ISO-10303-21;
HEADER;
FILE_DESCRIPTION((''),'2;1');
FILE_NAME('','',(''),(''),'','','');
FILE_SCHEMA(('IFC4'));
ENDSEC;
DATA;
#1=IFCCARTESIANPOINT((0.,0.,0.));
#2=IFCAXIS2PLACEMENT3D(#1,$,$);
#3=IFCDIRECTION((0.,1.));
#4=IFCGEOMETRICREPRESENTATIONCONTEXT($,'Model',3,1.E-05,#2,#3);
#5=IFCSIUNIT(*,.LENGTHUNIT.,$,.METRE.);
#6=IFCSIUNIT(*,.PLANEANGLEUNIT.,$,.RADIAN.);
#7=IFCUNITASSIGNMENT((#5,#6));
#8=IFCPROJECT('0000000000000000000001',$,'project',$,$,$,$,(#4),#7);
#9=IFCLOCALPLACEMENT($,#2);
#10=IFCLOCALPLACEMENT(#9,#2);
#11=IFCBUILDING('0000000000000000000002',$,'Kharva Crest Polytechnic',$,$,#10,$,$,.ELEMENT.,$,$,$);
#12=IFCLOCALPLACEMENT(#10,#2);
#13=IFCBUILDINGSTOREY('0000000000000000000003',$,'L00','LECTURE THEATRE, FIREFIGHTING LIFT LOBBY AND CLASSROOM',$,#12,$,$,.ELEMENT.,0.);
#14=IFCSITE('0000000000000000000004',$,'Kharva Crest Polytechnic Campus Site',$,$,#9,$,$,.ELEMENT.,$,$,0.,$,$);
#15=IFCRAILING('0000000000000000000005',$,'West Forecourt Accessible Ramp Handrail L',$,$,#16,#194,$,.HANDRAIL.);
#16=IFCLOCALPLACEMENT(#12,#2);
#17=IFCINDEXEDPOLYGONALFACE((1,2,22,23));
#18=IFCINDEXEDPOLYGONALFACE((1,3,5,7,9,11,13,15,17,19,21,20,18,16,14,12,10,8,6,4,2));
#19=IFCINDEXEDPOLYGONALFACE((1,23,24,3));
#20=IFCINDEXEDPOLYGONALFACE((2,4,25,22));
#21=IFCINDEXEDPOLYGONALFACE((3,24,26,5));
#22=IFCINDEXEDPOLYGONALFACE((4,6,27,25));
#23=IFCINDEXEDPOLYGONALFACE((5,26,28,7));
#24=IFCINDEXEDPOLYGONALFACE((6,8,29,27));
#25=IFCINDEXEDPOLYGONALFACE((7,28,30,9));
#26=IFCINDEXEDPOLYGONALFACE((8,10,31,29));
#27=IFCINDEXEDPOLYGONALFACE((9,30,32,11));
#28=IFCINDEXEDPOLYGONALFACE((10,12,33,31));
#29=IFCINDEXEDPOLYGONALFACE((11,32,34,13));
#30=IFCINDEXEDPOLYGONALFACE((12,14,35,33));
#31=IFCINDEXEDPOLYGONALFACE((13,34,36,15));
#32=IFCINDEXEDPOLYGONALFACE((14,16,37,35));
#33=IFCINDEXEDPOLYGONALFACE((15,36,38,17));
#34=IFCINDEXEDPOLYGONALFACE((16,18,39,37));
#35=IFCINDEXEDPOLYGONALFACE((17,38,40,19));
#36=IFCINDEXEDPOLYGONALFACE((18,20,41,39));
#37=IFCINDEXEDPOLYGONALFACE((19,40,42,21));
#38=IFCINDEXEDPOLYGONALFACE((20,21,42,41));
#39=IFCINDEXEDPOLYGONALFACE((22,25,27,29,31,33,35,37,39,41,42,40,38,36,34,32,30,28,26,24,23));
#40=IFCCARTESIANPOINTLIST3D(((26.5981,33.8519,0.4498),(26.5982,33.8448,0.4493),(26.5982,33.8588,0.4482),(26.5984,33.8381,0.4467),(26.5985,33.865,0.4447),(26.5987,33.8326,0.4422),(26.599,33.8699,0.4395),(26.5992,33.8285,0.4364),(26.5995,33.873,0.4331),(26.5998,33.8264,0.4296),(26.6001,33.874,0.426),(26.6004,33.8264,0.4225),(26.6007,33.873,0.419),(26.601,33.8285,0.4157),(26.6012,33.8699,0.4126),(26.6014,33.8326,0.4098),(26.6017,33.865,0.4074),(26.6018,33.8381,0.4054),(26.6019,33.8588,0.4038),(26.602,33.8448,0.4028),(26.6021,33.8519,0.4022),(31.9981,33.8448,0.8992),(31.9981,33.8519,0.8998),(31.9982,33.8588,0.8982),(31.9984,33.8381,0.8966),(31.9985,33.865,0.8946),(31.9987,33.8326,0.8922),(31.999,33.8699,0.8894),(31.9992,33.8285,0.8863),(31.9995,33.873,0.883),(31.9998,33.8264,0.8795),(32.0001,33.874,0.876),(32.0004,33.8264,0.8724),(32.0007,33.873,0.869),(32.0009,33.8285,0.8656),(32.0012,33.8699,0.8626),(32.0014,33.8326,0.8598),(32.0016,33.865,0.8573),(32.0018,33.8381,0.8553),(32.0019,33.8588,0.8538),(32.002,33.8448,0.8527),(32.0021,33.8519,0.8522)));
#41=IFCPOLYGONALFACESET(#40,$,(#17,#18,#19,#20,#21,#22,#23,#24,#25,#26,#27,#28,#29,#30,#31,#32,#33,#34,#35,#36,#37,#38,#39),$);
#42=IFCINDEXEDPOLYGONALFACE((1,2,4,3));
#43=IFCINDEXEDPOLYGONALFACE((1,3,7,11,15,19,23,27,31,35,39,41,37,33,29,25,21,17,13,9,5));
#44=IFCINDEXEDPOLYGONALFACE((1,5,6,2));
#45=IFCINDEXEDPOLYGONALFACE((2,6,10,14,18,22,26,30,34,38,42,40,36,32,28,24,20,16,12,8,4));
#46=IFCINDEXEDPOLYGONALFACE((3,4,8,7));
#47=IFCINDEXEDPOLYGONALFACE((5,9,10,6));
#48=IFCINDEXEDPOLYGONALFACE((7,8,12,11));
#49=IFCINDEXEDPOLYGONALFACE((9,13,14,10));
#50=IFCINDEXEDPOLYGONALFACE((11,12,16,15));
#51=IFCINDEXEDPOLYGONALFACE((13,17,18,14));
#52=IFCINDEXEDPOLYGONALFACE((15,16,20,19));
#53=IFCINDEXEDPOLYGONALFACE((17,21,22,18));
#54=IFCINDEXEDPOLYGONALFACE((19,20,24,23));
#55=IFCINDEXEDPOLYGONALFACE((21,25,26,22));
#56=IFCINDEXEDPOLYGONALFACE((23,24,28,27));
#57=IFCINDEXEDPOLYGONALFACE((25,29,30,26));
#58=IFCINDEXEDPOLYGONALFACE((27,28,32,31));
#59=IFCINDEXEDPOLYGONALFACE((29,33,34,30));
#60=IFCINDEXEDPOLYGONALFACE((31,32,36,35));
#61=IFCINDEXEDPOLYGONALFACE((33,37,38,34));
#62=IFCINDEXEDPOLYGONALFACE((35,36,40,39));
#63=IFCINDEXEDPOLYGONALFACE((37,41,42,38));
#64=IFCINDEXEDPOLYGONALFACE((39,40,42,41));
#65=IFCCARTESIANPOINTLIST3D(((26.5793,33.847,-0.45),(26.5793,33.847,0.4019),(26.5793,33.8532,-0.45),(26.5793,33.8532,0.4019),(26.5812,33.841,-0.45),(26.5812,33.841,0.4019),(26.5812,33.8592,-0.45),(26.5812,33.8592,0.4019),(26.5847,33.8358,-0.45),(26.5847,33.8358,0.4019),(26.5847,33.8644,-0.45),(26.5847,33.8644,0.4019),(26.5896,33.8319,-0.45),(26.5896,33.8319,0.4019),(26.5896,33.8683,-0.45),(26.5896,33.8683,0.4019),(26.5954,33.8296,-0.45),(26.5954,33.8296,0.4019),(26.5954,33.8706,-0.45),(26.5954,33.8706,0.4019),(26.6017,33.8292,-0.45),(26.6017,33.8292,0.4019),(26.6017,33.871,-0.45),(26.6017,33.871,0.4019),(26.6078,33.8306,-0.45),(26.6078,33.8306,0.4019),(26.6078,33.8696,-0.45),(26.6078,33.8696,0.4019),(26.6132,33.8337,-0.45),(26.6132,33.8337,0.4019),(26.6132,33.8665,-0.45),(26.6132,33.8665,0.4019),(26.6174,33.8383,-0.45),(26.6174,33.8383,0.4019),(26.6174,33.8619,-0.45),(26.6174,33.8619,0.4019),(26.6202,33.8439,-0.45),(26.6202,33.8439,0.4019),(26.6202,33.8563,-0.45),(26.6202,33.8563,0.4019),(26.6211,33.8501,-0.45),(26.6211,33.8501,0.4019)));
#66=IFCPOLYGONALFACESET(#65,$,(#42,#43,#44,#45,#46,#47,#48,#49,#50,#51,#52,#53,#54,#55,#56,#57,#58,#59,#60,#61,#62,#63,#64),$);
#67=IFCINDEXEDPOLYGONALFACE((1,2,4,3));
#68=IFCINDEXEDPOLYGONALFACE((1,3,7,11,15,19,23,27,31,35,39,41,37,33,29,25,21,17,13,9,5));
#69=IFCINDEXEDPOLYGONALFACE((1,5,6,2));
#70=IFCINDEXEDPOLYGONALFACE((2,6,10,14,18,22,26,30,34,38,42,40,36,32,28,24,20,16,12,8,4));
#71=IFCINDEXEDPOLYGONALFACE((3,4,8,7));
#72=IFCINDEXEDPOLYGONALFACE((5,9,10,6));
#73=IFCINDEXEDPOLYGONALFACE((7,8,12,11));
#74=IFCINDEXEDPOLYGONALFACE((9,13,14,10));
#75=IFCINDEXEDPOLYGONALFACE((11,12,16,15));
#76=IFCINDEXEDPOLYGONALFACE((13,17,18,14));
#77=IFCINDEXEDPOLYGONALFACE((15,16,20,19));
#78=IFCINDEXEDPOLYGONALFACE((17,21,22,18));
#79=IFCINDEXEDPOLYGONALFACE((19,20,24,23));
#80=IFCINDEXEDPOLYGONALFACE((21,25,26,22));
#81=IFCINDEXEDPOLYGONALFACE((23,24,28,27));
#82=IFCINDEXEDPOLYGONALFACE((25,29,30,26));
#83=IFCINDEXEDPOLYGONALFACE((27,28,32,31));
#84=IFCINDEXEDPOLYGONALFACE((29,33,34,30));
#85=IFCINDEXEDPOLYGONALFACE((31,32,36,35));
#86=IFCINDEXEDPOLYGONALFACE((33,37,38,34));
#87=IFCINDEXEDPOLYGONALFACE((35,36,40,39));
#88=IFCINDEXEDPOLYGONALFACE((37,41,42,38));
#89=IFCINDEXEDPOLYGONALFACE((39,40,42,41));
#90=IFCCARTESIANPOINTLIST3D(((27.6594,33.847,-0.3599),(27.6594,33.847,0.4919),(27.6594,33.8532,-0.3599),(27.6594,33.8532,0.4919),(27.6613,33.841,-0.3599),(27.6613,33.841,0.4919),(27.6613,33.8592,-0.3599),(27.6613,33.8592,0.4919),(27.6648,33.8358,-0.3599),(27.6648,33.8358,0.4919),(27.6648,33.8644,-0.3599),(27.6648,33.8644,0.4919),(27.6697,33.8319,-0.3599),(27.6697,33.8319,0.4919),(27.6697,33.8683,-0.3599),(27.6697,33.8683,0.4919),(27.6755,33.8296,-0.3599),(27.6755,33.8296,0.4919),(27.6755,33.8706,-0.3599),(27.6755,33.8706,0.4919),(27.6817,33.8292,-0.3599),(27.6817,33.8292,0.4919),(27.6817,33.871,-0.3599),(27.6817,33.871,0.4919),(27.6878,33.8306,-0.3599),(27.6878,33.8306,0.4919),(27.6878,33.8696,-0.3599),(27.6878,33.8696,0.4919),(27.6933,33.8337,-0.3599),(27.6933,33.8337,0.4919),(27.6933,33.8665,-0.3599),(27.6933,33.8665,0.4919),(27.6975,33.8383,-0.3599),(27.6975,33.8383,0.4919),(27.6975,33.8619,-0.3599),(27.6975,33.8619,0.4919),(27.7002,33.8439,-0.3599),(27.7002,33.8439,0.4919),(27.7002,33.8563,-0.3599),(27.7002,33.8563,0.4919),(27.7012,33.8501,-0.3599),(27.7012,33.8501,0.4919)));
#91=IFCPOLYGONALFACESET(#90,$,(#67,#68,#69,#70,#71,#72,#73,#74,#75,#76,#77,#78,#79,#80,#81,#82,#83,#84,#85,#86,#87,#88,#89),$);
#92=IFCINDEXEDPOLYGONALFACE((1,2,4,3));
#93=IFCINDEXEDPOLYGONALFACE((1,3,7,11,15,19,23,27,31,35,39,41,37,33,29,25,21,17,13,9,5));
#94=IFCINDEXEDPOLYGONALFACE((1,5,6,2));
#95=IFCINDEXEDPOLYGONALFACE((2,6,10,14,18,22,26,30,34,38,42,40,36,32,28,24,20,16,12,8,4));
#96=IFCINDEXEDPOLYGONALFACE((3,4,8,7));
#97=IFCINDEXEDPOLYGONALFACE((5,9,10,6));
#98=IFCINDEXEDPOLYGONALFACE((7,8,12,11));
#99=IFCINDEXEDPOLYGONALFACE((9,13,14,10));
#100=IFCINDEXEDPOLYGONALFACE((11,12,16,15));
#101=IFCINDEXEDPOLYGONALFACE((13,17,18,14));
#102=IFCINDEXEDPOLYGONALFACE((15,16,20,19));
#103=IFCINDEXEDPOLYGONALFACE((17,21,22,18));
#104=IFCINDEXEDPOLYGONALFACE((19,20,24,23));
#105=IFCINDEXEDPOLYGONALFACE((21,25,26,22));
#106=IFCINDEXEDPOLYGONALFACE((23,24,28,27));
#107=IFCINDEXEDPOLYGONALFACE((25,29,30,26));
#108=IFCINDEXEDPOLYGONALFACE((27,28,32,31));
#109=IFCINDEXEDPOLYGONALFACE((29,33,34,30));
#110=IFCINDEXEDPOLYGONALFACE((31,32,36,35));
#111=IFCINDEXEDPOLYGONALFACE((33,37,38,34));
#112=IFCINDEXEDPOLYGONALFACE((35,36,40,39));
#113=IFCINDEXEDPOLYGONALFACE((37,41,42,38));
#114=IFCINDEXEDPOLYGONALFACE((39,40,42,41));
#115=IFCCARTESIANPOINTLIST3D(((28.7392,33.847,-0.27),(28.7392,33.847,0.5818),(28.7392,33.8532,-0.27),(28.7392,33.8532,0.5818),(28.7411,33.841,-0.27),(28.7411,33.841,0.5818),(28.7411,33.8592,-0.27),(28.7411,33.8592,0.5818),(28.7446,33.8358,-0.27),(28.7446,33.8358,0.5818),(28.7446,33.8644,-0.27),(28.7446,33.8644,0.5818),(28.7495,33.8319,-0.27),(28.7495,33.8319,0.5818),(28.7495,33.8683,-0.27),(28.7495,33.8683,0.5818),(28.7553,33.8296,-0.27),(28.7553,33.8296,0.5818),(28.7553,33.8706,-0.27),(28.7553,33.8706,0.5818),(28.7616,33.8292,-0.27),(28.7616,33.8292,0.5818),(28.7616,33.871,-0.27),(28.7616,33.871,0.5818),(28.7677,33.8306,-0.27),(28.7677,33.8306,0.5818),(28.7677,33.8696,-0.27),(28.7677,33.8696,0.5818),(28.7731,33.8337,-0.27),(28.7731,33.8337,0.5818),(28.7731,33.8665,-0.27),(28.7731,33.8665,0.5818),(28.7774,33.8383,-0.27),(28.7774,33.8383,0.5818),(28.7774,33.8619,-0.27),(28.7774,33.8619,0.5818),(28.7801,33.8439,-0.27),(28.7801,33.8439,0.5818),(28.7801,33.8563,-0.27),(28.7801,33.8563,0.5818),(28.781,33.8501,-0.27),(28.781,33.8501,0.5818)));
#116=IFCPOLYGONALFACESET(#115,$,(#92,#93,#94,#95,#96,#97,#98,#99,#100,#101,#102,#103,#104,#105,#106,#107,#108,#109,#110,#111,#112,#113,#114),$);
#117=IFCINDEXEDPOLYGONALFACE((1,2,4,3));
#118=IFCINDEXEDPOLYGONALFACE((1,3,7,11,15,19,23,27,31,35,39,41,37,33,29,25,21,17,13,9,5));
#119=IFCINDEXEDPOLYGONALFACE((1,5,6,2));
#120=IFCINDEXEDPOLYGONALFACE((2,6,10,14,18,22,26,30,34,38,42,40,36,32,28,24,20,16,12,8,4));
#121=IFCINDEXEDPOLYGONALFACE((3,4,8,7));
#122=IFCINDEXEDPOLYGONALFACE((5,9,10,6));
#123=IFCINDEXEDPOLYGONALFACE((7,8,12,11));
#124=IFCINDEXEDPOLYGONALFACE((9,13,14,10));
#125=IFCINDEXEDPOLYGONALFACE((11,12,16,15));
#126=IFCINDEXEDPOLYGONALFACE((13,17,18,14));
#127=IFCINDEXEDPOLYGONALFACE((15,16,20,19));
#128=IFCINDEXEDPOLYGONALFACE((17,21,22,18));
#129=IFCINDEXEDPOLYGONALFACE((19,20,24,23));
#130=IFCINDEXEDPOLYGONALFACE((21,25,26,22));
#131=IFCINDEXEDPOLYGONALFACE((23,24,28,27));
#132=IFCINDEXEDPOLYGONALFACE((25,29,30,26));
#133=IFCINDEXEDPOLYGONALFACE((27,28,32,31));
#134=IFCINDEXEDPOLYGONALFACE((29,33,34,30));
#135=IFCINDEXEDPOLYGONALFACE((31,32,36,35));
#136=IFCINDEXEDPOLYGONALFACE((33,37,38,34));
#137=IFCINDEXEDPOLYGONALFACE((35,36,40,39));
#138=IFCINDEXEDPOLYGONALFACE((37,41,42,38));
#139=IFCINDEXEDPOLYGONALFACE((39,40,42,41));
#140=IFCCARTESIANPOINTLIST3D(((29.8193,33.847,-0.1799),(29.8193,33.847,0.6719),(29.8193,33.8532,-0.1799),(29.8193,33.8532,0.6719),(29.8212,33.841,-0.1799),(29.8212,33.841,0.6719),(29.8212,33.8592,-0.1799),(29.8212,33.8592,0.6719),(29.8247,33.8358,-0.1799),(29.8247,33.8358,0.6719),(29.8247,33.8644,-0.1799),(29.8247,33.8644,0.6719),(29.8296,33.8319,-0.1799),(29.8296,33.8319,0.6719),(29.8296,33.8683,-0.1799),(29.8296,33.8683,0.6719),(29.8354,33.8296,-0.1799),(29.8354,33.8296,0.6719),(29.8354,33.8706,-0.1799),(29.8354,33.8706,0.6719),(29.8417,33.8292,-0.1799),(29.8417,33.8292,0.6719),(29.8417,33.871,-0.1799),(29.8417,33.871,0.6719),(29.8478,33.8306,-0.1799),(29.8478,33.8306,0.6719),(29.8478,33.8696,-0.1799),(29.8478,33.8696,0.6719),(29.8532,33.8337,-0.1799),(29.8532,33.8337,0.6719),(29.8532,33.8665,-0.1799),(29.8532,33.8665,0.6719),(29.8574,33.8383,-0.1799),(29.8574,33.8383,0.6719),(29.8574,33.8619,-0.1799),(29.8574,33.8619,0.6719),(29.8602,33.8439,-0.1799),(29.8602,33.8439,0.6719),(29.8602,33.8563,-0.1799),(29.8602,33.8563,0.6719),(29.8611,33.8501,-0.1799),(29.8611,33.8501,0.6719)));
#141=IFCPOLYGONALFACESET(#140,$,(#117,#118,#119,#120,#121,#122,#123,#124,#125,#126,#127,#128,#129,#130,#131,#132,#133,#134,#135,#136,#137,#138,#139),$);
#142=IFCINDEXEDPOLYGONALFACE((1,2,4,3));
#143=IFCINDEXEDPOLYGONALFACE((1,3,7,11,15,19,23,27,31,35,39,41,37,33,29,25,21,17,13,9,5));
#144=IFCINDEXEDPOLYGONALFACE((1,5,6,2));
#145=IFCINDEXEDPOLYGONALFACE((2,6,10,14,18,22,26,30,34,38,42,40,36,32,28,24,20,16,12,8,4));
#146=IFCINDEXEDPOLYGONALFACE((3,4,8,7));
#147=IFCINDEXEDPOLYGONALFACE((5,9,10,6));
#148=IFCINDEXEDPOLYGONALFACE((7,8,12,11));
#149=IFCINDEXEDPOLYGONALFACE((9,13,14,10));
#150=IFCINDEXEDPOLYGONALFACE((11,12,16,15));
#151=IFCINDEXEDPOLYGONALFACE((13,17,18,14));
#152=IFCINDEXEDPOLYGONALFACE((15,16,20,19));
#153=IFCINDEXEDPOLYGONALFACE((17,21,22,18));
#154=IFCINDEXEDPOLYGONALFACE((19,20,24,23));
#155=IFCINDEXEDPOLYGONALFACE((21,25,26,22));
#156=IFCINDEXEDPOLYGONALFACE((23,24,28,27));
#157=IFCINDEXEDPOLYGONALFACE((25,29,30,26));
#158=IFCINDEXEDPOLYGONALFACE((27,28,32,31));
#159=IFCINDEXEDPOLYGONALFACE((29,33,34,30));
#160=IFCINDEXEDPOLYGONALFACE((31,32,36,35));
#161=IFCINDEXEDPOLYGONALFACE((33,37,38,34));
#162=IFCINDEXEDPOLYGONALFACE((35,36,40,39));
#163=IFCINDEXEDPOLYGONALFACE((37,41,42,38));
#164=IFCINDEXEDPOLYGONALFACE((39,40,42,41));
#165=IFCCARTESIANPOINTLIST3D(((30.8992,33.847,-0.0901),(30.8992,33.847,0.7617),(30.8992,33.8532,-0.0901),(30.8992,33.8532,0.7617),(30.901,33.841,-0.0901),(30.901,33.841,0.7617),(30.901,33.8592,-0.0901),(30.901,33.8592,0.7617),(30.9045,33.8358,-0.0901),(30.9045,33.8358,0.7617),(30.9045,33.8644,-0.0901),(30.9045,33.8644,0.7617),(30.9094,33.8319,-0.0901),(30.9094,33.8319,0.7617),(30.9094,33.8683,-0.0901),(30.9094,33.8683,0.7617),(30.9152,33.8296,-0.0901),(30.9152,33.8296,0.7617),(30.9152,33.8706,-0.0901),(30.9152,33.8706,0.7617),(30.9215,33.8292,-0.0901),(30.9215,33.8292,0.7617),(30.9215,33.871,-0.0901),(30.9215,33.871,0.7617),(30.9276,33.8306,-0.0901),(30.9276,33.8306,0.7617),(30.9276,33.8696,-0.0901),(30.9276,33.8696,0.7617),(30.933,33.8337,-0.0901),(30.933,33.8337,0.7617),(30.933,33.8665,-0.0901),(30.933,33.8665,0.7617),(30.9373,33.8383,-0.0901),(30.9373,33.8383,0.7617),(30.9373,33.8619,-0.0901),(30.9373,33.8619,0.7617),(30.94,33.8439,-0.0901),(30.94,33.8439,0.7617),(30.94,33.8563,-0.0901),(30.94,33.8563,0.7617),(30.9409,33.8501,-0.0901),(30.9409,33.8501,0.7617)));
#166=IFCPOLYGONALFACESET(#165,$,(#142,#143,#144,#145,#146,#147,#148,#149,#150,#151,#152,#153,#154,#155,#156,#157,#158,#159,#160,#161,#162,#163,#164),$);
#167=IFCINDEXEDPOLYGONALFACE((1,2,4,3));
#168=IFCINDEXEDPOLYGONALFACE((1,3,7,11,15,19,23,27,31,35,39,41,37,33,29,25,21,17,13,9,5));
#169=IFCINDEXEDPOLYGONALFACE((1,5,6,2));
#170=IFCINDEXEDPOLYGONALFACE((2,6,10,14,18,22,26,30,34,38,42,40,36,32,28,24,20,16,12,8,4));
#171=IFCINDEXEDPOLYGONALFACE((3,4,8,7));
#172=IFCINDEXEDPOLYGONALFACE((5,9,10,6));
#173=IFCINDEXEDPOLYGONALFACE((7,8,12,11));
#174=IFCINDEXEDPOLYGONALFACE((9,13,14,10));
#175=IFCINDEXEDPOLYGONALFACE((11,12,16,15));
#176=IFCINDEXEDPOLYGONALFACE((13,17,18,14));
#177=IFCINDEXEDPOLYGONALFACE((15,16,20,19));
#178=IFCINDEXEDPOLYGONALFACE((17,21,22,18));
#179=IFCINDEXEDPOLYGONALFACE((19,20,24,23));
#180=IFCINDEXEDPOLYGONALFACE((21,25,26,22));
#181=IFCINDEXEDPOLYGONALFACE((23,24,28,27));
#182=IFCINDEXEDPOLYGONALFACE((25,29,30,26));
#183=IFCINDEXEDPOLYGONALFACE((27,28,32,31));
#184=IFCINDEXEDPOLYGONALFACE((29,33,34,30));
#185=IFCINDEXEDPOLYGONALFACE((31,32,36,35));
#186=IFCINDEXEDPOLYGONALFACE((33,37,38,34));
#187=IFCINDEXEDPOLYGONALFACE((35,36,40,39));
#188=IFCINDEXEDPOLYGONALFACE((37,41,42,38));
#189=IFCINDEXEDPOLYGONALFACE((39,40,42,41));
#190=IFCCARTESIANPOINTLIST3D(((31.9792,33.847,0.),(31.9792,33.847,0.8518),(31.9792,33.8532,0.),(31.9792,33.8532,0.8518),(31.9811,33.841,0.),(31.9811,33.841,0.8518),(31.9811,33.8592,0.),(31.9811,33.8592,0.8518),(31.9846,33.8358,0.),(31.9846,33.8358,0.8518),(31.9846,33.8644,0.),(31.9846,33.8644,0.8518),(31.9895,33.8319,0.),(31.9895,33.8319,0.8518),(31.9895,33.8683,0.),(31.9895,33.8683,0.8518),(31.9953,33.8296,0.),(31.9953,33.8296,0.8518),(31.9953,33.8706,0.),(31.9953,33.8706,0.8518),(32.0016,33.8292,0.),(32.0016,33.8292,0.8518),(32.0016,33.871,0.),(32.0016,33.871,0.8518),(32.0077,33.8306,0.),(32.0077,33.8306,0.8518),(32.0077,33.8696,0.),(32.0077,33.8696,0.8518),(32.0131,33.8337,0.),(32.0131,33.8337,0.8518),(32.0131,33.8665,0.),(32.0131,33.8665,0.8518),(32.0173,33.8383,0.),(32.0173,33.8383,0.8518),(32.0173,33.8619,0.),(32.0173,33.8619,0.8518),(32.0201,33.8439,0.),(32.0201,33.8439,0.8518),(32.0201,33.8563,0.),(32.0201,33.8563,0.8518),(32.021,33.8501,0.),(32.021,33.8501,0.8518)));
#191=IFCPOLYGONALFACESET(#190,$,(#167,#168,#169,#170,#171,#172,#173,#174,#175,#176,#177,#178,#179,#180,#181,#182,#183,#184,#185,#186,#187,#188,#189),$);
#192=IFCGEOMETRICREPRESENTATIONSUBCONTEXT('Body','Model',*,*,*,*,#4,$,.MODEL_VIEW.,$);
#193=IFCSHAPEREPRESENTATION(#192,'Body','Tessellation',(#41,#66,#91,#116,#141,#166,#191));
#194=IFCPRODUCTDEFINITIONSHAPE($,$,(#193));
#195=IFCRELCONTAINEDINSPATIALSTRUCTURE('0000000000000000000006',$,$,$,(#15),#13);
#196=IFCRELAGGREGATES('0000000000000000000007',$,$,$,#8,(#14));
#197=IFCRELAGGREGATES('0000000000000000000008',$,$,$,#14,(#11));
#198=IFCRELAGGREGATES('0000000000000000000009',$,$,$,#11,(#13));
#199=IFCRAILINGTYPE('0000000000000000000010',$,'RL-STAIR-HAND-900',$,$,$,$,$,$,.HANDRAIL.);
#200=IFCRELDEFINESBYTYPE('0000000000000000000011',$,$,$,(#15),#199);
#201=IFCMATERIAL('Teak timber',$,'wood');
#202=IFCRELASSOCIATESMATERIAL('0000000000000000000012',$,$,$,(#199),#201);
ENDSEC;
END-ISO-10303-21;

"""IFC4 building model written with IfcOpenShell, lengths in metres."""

from ifc_helpers import new_model, si_unit, direction, frame, origin, origin_2d, place, context, subcontext, project, spatial, circle, extrude, material, type_object, element, save


model = new_model("IFC4")

# Units and contexts
model_context = context("Model", 3, precision=1e-05, world=origin(), true_north=direction((0.0, 1.0)))
body_context = subcontext(model_context, "Body", "Model", "MODEL_VIEW")
ifc_project = project(units=[si_unit("LENGTHUNIT", "METRE"), si_unit("PLANEANGLEUNIT", "RADIAN")], contexts=[model_context])

# Site, building, storey
site_placement = place(None, origin())
site = spatial("IfcSite", under=ifc_project, at=site_placement, Name="Kharva Crest Polytechnic Campus Site", CompositionType="ELEMENT", RefElevation=0.0)
building_placement = place(site_placement, origin())
building = spatial("IfcBuilding", under=site, at=building_placement, Name="Kharva Crest Polytechnic", CompositionType="ELEMENT")
storey_placement = place(building_placement, origin())
storey = spatial("IfcBuildingStorey", under=building, at=storey_placement, Name="L00", Description="LECTURE THEATRE, FIREFIGHTING LIFT LOBBY AND CLASSROOM", CompositionType="ELEMENT", Elevation=0.0)

# Railing
ifc_material_1 = material(Name="Teak timber", Category="wood")
railing_type = type_object("IfcRailingType", Name="RL-STAIR-HAND-900", PredefinedType="HANDRAIL", material=ifc_material_1)
for number, where, name in (
    (1, (26.6001, 33.8501, -0.45), "West Forecourt Accessible Ramp Handrail L"),
):
    element("IfcRailing", number, at=place(storey_placement, frame(where)), inside=storey, type_object=railing_type, Name=name, PredefinedType="HANDRAIL", context=body_context, shape_type="SweptSolid", body=[
        extrude(circle(Radius=0.0239, at=origin_2d()), frame((0.0, 0.0, 0.876), z_axis=(0.996546, 0.0, 0.083038), x_axis=(0.0, 1.0, 0.0)), (0.0, 0.0, 1.0), 5.4187),
        extrude(circle(Radius=0.021, at=origin_2d()), origin(), (0.0, 0.0, 1.0), 0.8518),
        extrude(circle(Radius=0.021, at=origin_2d()), frame((1.0801, 0.0, 0.0901)), (0.0, 0.0, 1.0), 0.8518),
        extrude(circle(Radius=0.021, at=origin_2d()), frame((2.1599, 0.0, 0.1799)), (0.0, 0.0, 1.0), 0.8518),
        extrude(circle(Radius=0.021, at=origin_2d()), frame((3.24, 0.0, 0.27)), (0.0, 0.0, 1.0), 0.8518),
        extrude(circle(Radius=0.021, at=origin_2d()), frame((4.3198, 0.0, 0.3599)), (0.0, 0.0, 1.0), 0.8518),
        extrude(circle(Radius=0.021, at=origin_2d()), frame((5.3999, 0.0, 0.45)), (0.0, 0.0, 1.0), 0.8518),
    ])

save(model, "model.ifc")
